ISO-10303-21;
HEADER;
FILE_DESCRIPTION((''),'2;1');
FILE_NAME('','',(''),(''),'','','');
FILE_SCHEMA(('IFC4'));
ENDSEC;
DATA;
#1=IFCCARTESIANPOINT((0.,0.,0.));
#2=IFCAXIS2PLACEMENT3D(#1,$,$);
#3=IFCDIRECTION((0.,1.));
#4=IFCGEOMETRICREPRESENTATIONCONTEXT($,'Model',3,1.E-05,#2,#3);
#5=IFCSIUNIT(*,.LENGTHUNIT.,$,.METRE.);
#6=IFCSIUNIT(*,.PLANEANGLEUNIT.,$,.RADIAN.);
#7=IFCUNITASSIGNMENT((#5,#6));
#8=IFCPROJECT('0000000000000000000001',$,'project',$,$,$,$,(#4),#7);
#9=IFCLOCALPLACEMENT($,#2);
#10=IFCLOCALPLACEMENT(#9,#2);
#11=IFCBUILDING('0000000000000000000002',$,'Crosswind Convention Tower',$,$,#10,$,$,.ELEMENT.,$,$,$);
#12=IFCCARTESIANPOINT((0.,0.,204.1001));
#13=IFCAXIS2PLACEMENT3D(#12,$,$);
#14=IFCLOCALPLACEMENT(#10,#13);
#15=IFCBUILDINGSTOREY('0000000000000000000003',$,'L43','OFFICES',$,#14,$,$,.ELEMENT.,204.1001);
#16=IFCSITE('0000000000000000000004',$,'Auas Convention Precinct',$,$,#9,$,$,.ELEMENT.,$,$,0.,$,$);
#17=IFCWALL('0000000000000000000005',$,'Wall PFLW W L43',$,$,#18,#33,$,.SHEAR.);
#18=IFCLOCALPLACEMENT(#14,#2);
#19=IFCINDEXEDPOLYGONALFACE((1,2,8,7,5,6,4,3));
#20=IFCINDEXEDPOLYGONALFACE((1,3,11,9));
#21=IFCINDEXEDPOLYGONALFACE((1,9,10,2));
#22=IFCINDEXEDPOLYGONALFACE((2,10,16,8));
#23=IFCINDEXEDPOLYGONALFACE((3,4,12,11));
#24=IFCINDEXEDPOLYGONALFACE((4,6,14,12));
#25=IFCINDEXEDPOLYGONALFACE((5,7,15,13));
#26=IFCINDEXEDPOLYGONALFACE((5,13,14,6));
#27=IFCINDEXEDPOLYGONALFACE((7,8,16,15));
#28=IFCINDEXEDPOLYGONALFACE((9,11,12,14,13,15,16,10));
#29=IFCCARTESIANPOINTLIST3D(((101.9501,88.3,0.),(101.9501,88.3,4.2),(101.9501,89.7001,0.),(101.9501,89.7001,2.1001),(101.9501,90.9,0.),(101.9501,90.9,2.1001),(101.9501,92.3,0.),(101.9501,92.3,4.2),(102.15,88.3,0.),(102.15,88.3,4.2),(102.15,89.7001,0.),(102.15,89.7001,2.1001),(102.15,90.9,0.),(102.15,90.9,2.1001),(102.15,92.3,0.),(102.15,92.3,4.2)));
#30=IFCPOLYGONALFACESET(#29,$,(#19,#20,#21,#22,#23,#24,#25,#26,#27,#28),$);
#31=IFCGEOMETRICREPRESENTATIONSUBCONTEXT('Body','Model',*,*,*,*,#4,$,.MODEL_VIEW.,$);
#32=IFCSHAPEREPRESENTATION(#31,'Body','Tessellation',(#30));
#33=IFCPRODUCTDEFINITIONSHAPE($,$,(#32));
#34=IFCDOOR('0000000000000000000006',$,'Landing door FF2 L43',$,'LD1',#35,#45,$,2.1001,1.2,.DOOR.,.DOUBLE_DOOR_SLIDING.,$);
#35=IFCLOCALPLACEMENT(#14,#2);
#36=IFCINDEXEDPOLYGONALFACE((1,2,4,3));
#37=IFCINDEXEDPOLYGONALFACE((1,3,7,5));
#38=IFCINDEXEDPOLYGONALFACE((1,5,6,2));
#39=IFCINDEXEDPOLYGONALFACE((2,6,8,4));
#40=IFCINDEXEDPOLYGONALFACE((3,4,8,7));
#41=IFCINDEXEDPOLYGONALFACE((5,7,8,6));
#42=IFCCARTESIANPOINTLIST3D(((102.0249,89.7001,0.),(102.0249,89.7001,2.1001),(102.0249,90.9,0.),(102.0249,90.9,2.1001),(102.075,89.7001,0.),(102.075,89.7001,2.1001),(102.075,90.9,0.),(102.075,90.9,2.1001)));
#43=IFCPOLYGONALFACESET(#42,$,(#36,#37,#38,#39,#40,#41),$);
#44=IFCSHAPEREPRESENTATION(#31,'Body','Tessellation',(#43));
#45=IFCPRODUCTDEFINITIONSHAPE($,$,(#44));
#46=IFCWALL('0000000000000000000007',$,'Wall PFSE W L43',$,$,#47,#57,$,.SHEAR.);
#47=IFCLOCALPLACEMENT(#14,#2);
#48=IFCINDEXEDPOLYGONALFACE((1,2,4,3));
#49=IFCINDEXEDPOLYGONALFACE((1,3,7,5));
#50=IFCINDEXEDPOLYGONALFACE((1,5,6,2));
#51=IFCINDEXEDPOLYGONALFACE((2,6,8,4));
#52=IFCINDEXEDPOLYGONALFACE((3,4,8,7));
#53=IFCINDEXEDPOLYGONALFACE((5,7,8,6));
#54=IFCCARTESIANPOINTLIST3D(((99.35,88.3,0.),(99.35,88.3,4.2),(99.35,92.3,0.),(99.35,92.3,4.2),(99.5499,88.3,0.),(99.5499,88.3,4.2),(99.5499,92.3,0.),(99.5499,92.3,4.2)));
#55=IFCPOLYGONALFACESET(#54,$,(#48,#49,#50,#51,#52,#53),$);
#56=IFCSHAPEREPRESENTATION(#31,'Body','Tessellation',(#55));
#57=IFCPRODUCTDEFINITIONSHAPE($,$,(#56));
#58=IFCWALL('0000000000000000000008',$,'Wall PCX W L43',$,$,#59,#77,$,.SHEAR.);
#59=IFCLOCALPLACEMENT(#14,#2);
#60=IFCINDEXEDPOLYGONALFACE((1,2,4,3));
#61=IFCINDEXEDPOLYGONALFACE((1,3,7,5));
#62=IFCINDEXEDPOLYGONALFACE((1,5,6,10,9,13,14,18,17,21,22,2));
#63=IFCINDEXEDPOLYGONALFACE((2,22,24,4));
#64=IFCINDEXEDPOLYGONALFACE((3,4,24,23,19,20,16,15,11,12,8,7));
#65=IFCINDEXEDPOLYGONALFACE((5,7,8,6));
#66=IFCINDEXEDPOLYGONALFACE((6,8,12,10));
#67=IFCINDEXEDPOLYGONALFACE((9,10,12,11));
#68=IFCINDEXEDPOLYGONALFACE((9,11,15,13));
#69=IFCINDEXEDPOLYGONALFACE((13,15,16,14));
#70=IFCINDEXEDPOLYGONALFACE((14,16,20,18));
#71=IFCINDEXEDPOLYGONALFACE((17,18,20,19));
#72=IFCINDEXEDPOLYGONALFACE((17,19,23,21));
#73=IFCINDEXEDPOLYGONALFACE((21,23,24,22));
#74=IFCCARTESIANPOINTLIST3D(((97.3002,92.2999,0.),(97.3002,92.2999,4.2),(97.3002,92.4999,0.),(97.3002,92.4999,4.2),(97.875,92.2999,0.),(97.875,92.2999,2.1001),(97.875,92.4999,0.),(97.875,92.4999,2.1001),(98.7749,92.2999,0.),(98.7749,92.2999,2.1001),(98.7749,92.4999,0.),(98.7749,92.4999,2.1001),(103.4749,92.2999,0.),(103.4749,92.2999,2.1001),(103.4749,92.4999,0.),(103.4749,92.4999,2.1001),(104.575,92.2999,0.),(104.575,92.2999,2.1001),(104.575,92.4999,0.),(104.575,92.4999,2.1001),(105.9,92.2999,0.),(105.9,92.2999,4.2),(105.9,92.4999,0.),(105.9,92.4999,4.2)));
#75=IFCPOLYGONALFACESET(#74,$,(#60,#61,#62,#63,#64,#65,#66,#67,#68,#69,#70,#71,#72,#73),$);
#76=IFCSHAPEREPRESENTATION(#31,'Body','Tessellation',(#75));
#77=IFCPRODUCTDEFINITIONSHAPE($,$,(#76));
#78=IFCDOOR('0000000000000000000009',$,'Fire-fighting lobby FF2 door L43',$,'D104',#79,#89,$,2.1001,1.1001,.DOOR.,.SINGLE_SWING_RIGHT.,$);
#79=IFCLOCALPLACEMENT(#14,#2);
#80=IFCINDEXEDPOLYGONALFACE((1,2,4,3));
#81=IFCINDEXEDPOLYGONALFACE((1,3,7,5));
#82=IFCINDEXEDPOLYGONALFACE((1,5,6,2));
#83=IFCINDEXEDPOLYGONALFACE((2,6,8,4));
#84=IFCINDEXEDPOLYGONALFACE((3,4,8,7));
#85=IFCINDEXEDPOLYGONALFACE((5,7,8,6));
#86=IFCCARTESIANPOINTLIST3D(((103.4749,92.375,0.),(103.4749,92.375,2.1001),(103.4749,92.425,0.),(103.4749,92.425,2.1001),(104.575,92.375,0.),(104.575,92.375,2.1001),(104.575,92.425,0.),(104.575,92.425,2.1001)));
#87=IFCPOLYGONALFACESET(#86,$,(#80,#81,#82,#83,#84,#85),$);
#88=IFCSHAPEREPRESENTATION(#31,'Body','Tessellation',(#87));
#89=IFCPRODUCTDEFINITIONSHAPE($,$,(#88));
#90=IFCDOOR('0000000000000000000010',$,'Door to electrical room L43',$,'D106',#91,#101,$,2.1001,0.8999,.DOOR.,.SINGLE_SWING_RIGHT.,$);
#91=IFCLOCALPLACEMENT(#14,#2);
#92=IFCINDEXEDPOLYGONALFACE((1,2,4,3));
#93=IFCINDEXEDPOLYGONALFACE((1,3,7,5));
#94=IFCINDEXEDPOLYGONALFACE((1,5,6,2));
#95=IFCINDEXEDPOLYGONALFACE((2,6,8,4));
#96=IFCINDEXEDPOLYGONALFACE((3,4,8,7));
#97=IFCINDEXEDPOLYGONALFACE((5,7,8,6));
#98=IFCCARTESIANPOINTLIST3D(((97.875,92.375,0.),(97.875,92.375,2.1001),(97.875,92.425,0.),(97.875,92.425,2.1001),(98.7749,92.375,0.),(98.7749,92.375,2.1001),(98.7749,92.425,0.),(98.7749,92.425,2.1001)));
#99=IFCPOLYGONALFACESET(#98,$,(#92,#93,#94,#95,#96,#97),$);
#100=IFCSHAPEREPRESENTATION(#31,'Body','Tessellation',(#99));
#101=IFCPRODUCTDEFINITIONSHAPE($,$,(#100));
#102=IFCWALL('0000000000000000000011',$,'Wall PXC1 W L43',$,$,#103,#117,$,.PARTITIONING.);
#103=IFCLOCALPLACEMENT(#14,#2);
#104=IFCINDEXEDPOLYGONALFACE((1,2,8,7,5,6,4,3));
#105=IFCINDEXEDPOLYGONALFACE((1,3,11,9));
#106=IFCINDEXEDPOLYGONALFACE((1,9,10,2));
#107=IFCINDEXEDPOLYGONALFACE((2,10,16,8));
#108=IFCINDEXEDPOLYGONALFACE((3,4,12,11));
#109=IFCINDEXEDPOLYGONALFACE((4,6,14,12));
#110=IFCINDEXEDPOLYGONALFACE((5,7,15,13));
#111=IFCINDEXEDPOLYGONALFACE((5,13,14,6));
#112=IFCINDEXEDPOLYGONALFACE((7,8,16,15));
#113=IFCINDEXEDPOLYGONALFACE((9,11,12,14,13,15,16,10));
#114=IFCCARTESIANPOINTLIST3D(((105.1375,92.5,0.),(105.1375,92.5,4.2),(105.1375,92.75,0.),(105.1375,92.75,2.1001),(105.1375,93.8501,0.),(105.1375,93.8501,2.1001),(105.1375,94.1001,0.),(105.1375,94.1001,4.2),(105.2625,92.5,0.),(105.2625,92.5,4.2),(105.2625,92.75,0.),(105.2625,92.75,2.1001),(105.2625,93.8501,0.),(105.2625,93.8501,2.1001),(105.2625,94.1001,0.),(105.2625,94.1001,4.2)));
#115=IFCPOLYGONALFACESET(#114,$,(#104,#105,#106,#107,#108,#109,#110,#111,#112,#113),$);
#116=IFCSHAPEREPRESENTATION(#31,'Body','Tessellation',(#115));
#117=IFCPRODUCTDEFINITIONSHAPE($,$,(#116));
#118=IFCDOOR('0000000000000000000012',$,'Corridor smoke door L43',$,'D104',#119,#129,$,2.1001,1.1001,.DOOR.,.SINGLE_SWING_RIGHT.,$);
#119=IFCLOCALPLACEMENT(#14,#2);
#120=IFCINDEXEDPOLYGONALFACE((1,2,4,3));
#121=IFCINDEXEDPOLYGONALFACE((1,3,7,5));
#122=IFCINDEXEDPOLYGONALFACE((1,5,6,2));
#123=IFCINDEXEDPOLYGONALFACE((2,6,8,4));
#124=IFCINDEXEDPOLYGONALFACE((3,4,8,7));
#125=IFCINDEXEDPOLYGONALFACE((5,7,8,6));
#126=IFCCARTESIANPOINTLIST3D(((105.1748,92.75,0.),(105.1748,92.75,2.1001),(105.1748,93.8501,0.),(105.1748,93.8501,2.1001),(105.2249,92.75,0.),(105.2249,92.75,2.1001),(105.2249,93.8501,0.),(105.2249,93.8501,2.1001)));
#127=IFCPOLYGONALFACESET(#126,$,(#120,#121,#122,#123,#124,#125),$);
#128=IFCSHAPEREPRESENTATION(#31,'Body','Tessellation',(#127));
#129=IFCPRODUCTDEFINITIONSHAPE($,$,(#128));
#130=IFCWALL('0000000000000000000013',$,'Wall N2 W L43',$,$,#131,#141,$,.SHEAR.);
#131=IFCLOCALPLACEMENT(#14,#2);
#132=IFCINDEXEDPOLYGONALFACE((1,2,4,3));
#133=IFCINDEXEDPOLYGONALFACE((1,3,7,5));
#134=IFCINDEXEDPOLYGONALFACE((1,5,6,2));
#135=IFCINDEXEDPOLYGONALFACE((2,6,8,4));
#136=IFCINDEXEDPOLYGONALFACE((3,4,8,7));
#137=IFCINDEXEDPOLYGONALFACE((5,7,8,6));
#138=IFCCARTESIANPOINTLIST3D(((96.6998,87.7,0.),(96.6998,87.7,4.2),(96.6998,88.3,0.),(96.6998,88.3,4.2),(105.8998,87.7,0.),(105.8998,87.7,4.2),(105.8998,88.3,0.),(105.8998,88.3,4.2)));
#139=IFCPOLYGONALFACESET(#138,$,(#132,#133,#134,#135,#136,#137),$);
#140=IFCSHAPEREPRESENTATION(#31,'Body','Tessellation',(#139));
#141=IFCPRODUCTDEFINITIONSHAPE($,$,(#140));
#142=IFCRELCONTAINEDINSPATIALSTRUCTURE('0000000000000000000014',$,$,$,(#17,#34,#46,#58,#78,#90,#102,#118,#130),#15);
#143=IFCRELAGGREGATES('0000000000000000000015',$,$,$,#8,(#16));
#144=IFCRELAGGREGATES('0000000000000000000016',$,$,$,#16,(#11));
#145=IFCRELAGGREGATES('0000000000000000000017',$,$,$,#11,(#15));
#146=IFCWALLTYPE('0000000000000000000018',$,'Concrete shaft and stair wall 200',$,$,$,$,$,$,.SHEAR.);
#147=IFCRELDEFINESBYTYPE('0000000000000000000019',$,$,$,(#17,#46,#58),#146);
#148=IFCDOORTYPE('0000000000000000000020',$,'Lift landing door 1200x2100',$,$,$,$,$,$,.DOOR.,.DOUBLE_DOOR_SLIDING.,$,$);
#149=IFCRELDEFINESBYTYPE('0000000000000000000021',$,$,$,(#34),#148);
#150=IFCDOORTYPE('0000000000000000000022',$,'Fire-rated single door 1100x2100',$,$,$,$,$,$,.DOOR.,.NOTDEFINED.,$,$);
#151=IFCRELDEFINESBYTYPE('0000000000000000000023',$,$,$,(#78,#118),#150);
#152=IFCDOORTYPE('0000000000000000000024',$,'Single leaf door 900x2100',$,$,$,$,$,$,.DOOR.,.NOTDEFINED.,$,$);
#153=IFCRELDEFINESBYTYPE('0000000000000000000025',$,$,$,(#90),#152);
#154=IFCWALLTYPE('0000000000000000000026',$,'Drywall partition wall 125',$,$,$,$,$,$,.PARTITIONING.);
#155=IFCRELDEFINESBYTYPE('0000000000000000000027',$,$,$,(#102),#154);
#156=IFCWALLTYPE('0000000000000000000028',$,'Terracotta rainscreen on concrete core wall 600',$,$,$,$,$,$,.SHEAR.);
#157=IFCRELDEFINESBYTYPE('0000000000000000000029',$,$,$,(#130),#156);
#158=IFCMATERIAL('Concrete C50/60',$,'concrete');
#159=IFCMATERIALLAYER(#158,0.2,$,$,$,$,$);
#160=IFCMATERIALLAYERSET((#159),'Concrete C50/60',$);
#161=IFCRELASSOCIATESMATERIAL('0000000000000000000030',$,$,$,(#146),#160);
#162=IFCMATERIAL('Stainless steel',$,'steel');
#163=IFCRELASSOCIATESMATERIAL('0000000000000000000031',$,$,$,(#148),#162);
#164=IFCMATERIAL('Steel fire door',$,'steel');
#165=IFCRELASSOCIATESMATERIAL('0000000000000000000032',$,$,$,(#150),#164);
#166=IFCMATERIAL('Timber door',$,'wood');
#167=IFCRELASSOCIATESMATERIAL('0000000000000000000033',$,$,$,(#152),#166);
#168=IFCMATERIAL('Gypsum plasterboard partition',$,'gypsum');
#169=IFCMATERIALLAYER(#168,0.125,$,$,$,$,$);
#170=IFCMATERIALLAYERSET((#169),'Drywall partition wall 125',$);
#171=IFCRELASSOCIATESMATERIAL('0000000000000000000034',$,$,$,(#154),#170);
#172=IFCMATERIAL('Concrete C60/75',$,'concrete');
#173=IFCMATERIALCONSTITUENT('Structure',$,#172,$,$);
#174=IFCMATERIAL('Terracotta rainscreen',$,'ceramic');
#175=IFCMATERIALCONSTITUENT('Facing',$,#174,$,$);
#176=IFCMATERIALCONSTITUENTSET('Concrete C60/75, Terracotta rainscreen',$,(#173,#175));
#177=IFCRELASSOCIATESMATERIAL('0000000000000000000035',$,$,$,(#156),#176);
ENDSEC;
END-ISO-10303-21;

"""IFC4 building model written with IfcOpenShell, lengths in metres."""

from ifc_helpers import new_model, si_unit, direction, frame, frame_2d, origin, place, context, subcontext, project, spatial, rectangle, extrude, material, layer, layer_set, constituent, constituent_set, type_object, element, fill, save


model = new_model("IFC4")

# Units and contexts
model_context = context("Model", 3, precision=1e-05, world=origin(), true_north=direction((0.0, 1.0)))
body_context = subcontext(model_context, "Body", "Model", "MODEL_VIEW")
ifc_project = project(units=[si_unit("LENGTHUNIT", "METRE"), si_unit("PLANEANGLEUNIT", "RADIAN")], contexts=[model_context])

# Site, building, storey
site_placement = place(None, origin())
site = spatial("IfcSite", under=ifc_project, at=site_placement, Name="Auas Convention Precinct", CompositionType="ELEMENT", RefElevation=0.0)
building_placement = place(site_placement, origin())
building = spatial("IfcBuilding", under=site, at=building_placement, Name="Crosswind Convention Tower", CompositionType="ELEMENT")
storey_placement = place(building_placement, frame((0.0, 0.0, 204.1001)))
storey = spatial("IfcBuildingStorey", under=building, at=storey_placement, Name="L43", Description="OFFICES", CompositionType="ELEMENT", Elevation=204.1001)

# Shared definitions
ifc_material_1 = material(Name="Concrete C50/60", Category="concrete")
ifc_layer_1 = layer(ifc_material_1, 0.2)
ifc_layer_set_1 = layer_set([ifc_layer_1], Name="Concrete C50/60")
wall_type_1 = type_object("IfcWallType", Name="Concrete shaft and stair wall 200", PredefinedType="SHEAR", material=ifc_layer_set_1)

# Wall, opening, door
wall_1_placement = place(storey_placement, frame((102.05, 92.3, 0.0), z_axis=(0.0, 0.0, 1.0), x_axis=(0.0, -1.0, 0.0)))
wall_1 = element("IfcWall", 1, at=wall_1_placement, inside=storey, type_object=wall_type_1, Name="Wall PFLW W L43", PredefinedType="SHEAR", context=body_context, shape_type="SweptSolid", body=[
    extrude(rectangle(XDim=4.0, YDim=0.2, at=frame_2d((2.0, 0.0))), origin(), (0.0, 0.0, 1.0), 4.2),
])
opening_1_placement = place(wall_1_placement, frame((1.3999, 0.0, 0.0)))
opening_1 = element("IfcOpeningElement", 2, at=opening_1_placement, cuts=wall_1, PredefinedType="OPENING", context=body_context, shape_type="SweptSolid", body=[
    extrude(rectangle(XDim=1.2, YDim=2.1001, at=frame_2d((0.6001, 1.05))), frame((0.0, 0.1099, 0.0), z_axis=(0.0, -1.0, 0.0), x_axis=(1.0, 0.0, 0.0)), (0.0, 0.0, 1.0), 0.22),
])
ifc_material_2 = material(Name="Stainless steel", Category="steel")
door_type_1 = type_object("IfcDoorType", Name="Lift landing door 1200x2100", OperationType="DOUBLE_DOOR_SLIDING", PredefinedType="DOOR", material=ifc_material_2)
door_1_placement = place(opening_1_placement, origin())
door_1 = element("IfcDoor", 3, at=door_1_placement, inside=storey, type_object=door_type_1, Name="Landing door FF2 L43", ObjectType="LD1", OperationType="DOUBLE_DOOR_SLIDING", OverallHeight=2.1001, OverallWidth=1.2, PredefinedType="DOOR", context=body_context, shape_type="SweptSolid", body=[
    extrude(rectangle(XDim=1.2, YDim=2.1001, at=frame_2d((0.6001, 1.05))), frame((0.0, 0.0249, 0.0), z_axis=(0.0, -1.0, 0.0), x_axis=(1.0, 0.0, 0.0)), (0.0, 0.0, 1.0), 0.05),
])
fill(opening_1, door_1)

# Wall
wall_2_placement = place(storey_placement, frame((99.45, 92.3, 0.0), z_axis=(0.0, 0.0, 1.0), x_axis=(0.0, -1.0, 0.0)))
element("IfcWall", 4, at=wall_2_placement, inside=storey, type_object=wall_type_1, Name="Wall PFSE W L43", PredefinedType="SHEAR", context=body_context, shape_type="SweptSolid", body=[
    extrude(rectangle(XDim=4.0, YDim=0.2, at=frame_2d((2.0, 0.0))), origin(), (0.0, 0.0, 1.0), 4.2),
])

# Wall, openings, doors
wall_3_placement = place(storey_placement, frame((105.8999, 92.3999, 0.0), z_axis=(0.0, 0.0, 1.0), x_axis=(-1.0, 0.0, 0.0)))
wall_3 = element("IfcWall", 5, at=wall_3_placement, inside=storey, type_object=wall_type_1, Name="Wall PCX W L43", PredefinedType="SHEAR", context=body_context, shape_type="SweptSolid", body=[
    extrude(rectangle(XDim=8.5999, YDim=0.2, at=frame_2d((4.2998, 0.0))), origin(), (0.0, 0.0, 1.0), 4.2),
])
opening_2_placement = place(wall_3_placement, frame((1.325, 0.0, 0.0)))
opening_2 = element("IfcOpeningElement", 6, at=opening_2_placement, cuts=wall_3, PredefinedType="OPENING", context=body_context, shape_type="SweptSolid", body=[
    extrude(rectangle(XDim=1.1001, YDim=2.1001, at=frame_2d((0.55, 1.05))), frame((0.0, 0.1099, 0.0), z_axis=(0.0, -1.0, 0.0), x_axis=(1.0, 0.0, 0.0)), (0.0, 0.0, 1.0), 0.22),
])
opening_3_placement = place(wall_3_placement, frame((7.125, 0.0, 0.0)))
opening_3 = element("IfcOpeningElement", 7, at=opening_3_placement, cuts=wall_3, PredefinedType="OPENING", context=body_context, shape_type="SweptSolid", body=[
    extrude(rectangle(XDim=0.8999, YDim=2.1001, at=frame_2d((0.45, 1.05))), frame((0.0, 0.1099, 0.0), z_axis=(0.0, -1.0, 0.0), x_axis=(1.0, 0.0, 0.0)), (0.0, 0.0, 1.0), 0.22),
])
ifc_material_3 = material(Name="Steel fire door", Category="steel")
door_type_2 = type_object("IfcDoorType", Name="Fire-rated single door 1100x2100", OperationType="NOTDEFINED", PredefinedType="DOOR", material=ifc_material_3)
door_2_placement = place(opening_2_placement, origin())
door_2 = element("IfcDoor", 8, at=door_2_placement, inside=storey, type_object=door_type_2, Name="Fire-fighting lobby FF2 door L43", ObjectType="D104", OperationType="SINGLE_SWING_RIGHT", OverallHeight=2.1001, OverallWidth=1.1001, PredefinedType="DOOR", context=body_context, shape_type="SweptSolid", body=[
    extrude(rectangle(XDim=1.1001, YDim=2.1001, at=frame_2d((0.55, 1.05))), frame((0.0, 0.0249, 0.0), z_axis=(0.0, -1.0, 0.0), x_axis=(1.0, 0.0, 0.0)), (0.0, 0.0, 1.0), 0.05),
])
fill(opening_2, door_2)
ifc_material_4 = material(Name="Timber door", Category="wood")
door_type_3 = type_object("IfcDoorType", Name="Single leaf door 900x2100", OperationType="NOTDEFINED", PredefinedType="DOOR", material=ifc_material_4)
door_3_placement = place(opening_3_placement, origin())
door_3 = element("IfcDoor", 9, at=door_3_placement, inside=storey, type_object=door_type_3, Name="Door to electrical room L43", ObjectType="D106", OperationType="SINGLE_SWING_RIGHT", OverallHeight=2.1001, OverallWidth=0.8999, PredefinedType="DOOR", context=body_context, shape_type="SweptSolid", body=[
    extrude(rectangle(XDim=0.8999, YDim=2.1001, at=frame_2d((0.45, 1.05))), frame((0.0, 0.0249, 0.0), z_axis=(0.0, -1.0, 0.0), x_axis=(1.0, 0.0, 0.0)), (0.0, 0.0, 1.0), 0.05),
])
fill(opening_3, door_3)

# Wall, opening, door
ifc_material_5 = material(Name="Gypsum plasterboard partition", Category="gypsum")
ifc_layer_2 = layer(ifc_material_5, 0.125)
ifc_layer_set_2 = layer_set([ifc_layer_2], Name="Drywall partition wall 125")
wall_type_2 = type_object("IfcWallType", Name="Drywall partition wall 125", PredefinedType="PARTITIONING", material=ifc_layer_set_2)
wall_4_placement = place(storey_placement, frame((105.2, 94.1001, 0.0), z_axis=(0.0, 0.0, 1.0), x_axis=(0.0, -1.0, 0.0)))
wall_4 = element("IfcWall", 10, at=wall_4_placement, inside=storey, type_object=wall_type_2, Name="Wall PXC1 W L43", PredefinedType="PARTITIONING", context=body_context, shape_type="SweptSolid", body=[
    extrude(rectangle(XDim=1.6001, YDim=0.125, at=frame_2d((0.8, 0.0))), origin(), (0.0, 0.0, 1.0), 4.2),
])
opening_4_placement = place(wall_4_placement, frame((0.25, 0.0, 0.0)))
opening_4 = element("IfcOpeningElement", 11, at=opening_4_placement, cuts=wall_4, PredefinedType="OPENING", context=body_context, shape_type="SweptSolid", body=[
    extrude(rectangle(XDim=1.1001, YDim=2.1001, at=frame_2d((0.55, 1.05))), frame((0.0, 0.0725, 0.0), z_axis=(0.0, -1.0, 0.0), x_axis=(1.0, 0.0, 0.0)), (0.0, 0.0, 1.0), 0.145),
])
door_4_placement = place(opening_4_placement, origin())
door_4 = element("IfcDoor", 12, at=door_4_placement, inside=storey, type_object=door_type_2, Name="Corridor smoke door L43", ObjectType="D104", OperationType="SINGLE_SWING_RIGHT", OverallHeight=2.1001, OverallWidth=1.1001, PredefinedType="DOOR", context=body_context, shape_type="SweptSolid", body=[
    extrude(rectangle(XDim=1.1001, YDim=2.1001, at=frame_2d((0.55, 1.05))), frame((0.0, 0.0249, 0.0), z_axis=(0.0, -1.0, 0.0), x_axis=(1.0, 0.0, 0.0)), (0.0, 0.0, 1.0), 0.05),
])
fill(opening_4, door_4)

# Wall
ifc_material_6 = material(Name="Concrete C60/75", Category="concrete")
ifc_constituent_1 = constituent(ifc_material_6, Name="Structure")
ifc_material_7 = material(Name="Terracotta rainscreen", Category="ceramic")
ifc_constituent_2 = constituent(ifc_material_7, Name="Facing")
ifc_constituent_set = constituent_set(constituents=[ifc_constituent_1, ifc_constituent_2], Name="Concrete C60/75, Terracotta rainscreen")
wall_type_3 = type_object("IfcWallType", Name="Terracotta rainscreen on concrete core wall 600", PredefinedType="SHEAR", material=ifc_constituent_set)
wall_5_placement = place(storey_placement, frame((105.8999, 88.0, 0.0), z_axis=(0.0, 0.0, 1.0), x_axis=(-1.0, 0.0, 0.0)))
element("IfcWall", 13, at=wall_5_placement, inside=storey, type_object=wall_type_3, Name="Wall N2 W L43", PredefinedType="SHEAR", context=body_context, shape_type="SweptSolid", body=[
    extrude(rectangle(XDim=9.2, YDim=0.6001, at=frame_2d((4.6001, 0.0))), origin(), (0.0, 0.0, 1.0), 4.2),
])

save(model, "model.ifc")
